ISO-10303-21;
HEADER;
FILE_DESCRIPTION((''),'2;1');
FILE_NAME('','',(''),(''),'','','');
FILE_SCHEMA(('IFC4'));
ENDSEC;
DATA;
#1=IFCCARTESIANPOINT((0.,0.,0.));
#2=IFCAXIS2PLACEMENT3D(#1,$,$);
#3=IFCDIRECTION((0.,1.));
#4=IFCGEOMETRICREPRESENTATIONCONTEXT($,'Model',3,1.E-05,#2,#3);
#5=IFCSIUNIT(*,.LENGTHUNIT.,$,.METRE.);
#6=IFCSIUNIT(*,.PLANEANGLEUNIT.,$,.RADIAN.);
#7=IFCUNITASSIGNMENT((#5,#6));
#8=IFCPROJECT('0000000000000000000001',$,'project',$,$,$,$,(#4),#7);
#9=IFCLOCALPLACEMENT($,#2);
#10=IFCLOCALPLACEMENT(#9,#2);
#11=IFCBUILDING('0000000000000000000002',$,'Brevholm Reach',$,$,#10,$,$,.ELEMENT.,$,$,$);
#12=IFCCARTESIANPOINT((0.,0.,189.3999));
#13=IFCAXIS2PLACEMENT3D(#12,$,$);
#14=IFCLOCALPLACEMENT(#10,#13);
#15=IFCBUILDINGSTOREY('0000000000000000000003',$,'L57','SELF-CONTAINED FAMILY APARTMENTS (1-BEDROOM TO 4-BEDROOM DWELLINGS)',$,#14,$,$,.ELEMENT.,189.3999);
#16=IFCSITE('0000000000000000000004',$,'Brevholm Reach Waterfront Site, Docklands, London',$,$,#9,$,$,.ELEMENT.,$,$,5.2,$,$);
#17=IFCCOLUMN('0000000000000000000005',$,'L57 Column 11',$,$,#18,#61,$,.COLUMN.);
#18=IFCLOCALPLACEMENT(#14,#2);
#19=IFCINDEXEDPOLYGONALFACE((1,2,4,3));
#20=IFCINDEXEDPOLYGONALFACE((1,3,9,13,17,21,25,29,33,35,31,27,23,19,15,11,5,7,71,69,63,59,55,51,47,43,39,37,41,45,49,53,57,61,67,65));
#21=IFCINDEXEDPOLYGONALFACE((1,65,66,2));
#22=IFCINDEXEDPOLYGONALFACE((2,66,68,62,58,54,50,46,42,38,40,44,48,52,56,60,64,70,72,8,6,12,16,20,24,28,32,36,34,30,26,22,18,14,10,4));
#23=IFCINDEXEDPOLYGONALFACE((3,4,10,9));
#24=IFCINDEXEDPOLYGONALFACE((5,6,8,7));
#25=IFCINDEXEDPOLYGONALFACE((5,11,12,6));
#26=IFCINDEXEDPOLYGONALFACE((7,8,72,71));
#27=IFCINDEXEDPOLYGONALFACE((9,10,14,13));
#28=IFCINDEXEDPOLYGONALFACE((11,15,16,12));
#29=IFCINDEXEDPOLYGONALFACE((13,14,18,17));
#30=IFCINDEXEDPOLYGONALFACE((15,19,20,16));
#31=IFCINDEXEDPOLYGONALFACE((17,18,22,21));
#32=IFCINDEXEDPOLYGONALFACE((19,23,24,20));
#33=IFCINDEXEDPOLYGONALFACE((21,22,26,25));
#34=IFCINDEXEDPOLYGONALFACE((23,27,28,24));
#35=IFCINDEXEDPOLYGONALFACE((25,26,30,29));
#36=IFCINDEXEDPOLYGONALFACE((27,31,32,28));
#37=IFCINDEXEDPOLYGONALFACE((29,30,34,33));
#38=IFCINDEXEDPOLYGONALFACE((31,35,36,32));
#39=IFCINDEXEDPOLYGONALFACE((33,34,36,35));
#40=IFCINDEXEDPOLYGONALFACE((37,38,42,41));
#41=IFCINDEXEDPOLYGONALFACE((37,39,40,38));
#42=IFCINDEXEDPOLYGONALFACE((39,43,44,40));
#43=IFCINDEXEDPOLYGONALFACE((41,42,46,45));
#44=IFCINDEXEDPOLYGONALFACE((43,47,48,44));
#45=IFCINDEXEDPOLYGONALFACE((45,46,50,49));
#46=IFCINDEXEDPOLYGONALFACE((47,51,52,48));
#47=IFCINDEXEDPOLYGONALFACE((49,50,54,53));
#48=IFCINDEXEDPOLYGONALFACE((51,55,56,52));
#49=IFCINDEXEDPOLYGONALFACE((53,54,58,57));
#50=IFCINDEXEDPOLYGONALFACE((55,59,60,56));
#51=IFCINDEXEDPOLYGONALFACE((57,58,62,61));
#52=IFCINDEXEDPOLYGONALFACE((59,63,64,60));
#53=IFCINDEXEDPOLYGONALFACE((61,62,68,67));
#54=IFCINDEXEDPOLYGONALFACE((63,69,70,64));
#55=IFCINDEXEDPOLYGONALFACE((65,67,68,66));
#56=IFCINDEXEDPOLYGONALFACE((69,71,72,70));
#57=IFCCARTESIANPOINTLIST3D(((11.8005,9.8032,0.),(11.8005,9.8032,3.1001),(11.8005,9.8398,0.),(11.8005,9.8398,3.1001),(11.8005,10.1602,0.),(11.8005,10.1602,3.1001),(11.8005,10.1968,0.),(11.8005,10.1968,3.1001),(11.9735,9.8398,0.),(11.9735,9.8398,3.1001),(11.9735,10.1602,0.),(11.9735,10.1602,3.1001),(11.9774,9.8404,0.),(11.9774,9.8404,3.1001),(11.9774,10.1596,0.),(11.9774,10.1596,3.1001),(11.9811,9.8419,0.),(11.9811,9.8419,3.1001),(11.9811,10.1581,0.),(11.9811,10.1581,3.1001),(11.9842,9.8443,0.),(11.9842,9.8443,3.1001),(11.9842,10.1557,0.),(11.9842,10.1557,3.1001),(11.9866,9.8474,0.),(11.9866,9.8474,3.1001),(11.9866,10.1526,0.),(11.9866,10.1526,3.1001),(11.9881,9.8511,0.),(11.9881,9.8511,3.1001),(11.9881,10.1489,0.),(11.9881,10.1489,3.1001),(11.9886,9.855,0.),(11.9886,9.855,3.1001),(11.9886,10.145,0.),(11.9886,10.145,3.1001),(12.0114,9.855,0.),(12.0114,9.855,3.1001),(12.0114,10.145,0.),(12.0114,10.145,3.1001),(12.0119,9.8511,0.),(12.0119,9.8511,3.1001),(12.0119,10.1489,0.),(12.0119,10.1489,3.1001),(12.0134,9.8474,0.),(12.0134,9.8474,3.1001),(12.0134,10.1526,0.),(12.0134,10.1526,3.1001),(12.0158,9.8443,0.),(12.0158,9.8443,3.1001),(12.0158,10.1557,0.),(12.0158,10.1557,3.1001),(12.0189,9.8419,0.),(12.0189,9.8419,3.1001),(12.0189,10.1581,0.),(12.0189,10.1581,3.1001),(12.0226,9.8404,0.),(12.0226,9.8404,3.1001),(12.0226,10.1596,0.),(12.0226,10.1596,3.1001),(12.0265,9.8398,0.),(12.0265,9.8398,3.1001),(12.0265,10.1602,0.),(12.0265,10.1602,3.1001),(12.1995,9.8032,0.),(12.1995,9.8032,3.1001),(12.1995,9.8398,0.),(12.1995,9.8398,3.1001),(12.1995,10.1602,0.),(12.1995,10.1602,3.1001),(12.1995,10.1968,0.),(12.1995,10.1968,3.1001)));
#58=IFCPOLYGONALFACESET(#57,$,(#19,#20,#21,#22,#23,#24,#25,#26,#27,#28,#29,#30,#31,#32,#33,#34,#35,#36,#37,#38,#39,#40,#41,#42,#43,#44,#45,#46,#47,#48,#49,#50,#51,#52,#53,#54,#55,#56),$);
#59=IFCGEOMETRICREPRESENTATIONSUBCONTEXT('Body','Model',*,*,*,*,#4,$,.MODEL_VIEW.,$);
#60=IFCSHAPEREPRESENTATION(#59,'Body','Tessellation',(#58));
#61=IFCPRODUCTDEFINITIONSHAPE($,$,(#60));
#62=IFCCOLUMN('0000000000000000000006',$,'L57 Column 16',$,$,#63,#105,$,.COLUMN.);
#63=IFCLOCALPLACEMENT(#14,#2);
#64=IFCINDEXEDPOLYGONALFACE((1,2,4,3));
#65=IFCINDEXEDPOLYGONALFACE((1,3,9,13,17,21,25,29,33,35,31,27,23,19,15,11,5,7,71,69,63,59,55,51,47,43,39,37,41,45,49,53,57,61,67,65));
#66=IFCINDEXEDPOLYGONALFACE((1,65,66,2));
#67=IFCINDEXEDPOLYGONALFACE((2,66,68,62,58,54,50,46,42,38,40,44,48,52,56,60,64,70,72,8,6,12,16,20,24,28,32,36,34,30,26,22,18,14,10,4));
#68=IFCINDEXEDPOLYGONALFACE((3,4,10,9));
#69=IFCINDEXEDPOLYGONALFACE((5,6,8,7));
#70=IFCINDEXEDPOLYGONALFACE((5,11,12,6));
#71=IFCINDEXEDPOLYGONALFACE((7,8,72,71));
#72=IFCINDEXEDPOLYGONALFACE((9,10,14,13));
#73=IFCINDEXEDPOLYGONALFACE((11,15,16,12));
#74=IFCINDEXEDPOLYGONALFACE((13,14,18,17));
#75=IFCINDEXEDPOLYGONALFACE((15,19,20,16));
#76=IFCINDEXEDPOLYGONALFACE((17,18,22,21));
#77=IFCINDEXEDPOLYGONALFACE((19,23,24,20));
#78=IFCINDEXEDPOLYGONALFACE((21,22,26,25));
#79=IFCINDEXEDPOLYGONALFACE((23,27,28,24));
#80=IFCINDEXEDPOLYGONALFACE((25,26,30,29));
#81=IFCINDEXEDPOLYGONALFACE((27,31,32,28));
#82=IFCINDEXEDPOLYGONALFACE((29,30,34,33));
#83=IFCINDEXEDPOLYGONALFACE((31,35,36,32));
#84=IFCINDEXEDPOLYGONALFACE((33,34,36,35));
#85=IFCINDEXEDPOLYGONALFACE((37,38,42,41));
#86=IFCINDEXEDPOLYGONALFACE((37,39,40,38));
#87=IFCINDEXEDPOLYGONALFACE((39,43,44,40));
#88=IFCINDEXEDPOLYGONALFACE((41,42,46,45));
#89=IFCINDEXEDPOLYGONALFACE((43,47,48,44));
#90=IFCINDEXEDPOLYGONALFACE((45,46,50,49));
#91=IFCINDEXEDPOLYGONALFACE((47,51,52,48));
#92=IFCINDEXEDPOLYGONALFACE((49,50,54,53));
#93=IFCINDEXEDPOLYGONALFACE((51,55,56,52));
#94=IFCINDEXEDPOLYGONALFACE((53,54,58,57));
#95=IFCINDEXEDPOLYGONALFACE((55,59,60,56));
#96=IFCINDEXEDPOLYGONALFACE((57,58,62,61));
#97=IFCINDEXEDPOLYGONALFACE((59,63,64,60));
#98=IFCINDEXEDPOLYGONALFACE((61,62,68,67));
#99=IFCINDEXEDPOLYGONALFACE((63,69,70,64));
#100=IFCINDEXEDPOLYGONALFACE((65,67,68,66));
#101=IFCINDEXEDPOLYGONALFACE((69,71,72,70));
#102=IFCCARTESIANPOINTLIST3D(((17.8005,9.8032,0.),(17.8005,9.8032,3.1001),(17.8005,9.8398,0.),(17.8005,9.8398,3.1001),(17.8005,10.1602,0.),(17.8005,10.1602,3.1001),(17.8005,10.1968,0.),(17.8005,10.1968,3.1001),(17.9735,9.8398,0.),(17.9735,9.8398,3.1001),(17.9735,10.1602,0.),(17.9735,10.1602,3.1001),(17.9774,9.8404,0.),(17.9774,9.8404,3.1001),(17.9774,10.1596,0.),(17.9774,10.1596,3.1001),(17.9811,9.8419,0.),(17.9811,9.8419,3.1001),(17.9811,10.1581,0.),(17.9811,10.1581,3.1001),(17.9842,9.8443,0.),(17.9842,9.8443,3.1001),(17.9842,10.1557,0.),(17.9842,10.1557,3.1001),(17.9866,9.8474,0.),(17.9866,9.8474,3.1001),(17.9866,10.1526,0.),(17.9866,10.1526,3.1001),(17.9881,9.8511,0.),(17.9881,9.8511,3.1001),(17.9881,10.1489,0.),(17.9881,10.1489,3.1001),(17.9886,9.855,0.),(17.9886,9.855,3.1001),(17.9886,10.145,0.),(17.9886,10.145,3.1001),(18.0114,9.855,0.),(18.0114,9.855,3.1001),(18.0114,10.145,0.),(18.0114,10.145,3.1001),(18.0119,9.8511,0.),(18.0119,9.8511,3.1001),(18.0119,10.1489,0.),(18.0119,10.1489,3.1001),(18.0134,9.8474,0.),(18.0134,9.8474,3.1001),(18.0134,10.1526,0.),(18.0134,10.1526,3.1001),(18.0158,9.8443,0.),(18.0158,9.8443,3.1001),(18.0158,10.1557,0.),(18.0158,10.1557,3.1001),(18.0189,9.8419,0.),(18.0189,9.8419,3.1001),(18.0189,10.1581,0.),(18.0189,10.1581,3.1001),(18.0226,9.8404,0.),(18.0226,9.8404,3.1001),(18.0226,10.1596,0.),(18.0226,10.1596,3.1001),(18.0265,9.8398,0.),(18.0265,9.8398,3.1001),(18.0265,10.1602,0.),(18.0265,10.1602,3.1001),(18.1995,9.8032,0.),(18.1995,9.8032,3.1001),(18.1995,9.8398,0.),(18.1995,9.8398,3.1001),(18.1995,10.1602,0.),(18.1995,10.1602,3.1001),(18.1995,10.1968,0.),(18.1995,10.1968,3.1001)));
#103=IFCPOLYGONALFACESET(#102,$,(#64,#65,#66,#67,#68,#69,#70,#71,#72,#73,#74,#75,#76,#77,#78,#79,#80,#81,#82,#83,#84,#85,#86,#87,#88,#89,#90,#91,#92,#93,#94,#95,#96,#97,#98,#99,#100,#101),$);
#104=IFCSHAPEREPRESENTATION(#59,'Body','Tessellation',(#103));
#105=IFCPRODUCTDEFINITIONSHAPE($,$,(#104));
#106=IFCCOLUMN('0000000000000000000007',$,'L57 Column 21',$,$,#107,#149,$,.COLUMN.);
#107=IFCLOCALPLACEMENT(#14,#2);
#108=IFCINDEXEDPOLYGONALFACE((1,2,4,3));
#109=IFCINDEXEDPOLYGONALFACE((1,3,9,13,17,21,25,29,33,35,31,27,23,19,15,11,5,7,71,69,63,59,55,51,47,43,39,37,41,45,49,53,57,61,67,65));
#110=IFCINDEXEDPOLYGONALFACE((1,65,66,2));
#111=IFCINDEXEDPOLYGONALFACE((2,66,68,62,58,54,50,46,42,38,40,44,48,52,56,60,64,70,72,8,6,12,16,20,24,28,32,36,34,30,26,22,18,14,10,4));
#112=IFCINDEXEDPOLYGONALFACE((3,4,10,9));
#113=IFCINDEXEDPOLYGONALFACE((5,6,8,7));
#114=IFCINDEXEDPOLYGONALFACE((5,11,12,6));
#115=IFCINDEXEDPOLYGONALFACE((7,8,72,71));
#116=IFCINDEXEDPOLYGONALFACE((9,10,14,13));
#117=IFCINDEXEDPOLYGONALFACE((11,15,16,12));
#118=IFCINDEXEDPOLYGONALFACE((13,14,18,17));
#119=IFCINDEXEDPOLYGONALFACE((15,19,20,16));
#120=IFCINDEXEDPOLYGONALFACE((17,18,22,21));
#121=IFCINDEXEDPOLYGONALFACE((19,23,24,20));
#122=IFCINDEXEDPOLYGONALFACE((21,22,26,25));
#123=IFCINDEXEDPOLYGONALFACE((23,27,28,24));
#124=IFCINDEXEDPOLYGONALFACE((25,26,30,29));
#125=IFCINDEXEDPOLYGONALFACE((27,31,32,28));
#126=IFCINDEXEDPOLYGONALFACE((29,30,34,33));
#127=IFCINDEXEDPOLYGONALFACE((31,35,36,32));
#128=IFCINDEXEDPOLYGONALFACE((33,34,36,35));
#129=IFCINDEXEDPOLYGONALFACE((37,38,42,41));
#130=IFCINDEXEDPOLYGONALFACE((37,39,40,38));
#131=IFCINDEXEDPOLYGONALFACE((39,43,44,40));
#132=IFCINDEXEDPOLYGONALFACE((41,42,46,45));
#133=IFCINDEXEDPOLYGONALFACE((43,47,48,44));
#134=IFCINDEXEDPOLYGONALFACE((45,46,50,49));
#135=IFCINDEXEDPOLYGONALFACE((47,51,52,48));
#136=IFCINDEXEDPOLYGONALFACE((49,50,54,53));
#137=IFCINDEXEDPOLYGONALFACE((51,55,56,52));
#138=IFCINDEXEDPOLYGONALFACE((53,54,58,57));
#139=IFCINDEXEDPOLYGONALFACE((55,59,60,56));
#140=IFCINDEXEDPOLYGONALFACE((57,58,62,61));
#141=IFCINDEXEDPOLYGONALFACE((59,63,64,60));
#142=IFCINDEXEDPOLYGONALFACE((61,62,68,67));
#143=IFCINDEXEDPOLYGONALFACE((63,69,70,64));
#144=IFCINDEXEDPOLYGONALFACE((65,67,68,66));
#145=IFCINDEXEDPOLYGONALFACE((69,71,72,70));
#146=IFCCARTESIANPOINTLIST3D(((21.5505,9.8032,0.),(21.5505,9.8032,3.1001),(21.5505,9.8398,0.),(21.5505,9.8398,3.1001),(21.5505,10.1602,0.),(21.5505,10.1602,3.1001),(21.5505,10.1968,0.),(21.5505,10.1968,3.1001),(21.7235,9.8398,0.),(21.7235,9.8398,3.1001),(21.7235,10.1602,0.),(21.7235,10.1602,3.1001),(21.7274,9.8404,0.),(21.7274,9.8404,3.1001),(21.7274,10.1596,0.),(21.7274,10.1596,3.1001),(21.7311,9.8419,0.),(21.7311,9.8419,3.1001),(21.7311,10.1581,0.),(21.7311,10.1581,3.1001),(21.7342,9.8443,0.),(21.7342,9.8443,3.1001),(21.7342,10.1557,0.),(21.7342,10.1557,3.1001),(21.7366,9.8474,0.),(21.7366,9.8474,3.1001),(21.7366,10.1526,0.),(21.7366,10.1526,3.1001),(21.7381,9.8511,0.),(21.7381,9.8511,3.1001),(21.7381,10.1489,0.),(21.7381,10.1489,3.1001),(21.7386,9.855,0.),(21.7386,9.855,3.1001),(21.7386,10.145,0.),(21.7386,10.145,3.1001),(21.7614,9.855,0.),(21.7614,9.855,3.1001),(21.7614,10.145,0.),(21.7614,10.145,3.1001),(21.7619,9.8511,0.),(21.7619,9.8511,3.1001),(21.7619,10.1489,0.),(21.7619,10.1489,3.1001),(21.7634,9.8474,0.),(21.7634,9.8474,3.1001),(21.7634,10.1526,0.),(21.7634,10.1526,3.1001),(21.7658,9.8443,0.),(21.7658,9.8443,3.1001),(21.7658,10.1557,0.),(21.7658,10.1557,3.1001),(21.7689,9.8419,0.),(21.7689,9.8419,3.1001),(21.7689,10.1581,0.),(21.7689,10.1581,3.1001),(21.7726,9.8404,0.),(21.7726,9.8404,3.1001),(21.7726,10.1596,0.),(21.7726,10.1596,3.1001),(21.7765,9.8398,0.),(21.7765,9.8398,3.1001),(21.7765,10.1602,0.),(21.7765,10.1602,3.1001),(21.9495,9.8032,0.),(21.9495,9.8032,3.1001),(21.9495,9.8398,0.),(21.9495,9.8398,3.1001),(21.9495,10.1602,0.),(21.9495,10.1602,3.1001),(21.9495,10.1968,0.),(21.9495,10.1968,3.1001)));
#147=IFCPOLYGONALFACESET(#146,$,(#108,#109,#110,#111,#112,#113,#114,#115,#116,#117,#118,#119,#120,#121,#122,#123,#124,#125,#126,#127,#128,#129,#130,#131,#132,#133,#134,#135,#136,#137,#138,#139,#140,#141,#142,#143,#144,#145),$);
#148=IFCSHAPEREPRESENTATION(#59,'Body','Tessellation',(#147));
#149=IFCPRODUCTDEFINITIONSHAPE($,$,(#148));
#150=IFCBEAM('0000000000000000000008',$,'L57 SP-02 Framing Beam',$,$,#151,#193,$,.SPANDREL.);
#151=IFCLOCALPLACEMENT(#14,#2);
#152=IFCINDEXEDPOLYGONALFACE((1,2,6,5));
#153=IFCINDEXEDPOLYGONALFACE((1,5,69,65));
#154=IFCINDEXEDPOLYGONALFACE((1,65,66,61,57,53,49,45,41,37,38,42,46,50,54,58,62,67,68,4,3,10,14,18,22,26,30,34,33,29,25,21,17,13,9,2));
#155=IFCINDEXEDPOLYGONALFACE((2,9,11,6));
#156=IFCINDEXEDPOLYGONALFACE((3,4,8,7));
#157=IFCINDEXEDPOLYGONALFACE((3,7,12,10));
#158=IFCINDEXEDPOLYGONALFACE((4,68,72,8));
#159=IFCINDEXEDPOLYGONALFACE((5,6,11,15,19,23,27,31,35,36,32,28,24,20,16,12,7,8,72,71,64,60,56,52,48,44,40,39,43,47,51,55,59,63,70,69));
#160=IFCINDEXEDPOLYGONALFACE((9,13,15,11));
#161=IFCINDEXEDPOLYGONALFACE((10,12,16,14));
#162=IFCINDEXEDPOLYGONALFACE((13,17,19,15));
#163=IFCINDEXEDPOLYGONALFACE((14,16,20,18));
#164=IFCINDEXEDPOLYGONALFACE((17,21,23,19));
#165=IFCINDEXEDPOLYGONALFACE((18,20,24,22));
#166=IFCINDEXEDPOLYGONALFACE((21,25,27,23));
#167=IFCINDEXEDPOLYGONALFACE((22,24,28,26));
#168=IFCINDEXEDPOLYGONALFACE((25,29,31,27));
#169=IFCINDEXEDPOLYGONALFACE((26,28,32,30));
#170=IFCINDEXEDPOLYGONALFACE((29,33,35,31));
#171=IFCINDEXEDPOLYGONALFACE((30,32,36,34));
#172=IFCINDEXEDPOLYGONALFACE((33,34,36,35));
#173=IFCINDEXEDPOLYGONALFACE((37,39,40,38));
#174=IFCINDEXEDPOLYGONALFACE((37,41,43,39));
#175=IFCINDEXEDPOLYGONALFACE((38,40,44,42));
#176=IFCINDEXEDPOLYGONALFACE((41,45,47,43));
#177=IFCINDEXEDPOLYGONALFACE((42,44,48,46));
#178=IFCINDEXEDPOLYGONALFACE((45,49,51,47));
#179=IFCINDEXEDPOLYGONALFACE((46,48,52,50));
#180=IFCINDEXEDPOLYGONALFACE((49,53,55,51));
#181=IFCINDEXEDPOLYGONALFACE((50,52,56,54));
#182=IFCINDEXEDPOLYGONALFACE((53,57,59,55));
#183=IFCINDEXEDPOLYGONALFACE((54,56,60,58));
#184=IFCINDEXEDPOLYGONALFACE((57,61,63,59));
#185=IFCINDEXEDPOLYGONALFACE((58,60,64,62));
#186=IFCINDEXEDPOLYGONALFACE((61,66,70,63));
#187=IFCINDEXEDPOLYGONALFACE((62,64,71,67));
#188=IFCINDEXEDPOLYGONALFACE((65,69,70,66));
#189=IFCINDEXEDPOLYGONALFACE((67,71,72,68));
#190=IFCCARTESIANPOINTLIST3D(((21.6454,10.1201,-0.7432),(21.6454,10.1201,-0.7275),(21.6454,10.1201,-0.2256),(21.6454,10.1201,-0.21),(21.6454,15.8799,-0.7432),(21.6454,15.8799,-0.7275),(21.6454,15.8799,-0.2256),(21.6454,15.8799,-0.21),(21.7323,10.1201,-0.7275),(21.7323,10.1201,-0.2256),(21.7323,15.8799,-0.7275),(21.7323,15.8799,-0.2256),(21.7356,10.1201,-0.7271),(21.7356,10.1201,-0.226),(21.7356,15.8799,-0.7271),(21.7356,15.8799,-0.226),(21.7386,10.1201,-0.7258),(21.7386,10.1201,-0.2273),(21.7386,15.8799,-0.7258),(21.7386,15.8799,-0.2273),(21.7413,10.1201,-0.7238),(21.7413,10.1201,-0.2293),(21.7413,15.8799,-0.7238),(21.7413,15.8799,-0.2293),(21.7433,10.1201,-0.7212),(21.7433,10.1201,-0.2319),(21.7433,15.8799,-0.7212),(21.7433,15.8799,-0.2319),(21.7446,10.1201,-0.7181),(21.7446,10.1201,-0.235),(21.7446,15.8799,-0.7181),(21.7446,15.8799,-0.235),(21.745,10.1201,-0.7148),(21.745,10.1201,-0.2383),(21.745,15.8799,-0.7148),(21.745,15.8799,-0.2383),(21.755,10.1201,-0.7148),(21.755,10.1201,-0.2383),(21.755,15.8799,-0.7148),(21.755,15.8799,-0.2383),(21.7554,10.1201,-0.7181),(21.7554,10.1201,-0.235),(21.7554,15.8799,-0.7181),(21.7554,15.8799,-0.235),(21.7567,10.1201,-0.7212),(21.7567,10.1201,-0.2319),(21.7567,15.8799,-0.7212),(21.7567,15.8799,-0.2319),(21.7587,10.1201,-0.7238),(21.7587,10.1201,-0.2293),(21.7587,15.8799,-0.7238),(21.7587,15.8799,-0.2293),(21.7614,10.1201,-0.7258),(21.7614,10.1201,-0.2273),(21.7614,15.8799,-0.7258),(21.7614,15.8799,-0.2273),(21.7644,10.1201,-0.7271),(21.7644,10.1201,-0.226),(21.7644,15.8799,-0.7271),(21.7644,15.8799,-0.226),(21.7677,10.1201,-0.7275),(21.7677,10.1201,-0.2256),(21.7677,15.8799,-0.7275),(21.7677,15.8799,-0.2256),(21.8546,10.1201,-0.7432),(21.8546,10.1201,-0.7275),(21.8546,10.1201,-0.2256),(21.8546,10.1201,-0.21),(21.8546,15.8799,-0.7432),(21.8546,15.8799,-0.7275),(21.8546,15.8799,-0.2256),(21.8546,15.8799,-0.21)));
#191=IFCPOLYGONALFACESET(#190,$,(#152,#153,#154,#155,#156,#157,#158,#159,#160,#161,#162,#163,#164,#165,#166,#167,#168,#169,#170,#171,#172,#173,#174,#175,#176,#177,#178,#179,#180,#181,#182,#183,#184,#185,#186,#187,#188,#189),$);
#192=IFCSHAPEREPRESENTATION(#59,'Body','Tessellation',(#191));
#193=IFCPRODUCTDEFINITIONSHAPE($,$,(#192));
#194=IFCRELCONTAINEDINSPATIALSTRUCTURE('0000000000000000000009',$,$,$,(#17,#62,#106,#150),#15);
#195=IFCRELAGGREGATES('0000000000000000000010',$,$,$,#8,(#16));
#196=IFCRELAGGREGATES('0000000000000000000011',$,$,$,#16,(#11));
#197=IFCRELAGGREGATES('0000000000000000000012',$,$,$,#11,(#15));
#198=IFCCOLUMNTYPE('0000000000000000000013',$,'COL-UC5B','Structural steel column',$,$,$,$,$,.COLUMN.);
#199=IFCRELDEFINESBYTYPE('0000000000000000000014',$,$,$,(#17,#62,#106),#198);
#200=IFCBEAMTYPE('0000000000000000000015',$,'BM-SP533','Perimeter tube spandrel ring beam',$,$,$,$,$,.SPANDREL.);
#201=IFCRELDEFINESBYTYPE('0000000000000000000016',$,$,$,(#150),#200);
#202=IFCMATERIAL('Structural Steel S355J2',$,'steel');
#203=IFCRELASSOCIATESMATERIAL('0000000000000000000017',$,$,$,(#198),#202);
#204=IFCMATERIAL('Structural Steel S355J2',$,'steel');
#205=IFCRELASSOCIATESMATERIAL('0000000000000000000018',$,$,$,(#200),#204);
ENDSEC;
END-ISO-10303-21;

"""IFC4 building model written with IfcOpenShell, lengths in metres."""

from ifc_helpers import new_model, si_unit, direction, frame, origin, origin_2d, place, context, subcontext, project, spatial, i_section, extrude, material, material_profile, profile_set, type_object, element, save


model = new_model("IFC4")

# Units and contexts
model_context = context("Model", 3, precision=1e-05, world=origin(), true_north=direction((0.0, 1.0)))
body_context = subcontext(model_context, "Body", "Model", "MODEL_VIEW")
ifc_project = project(units=[si_unit("LENGTHUNIT", "METRE"), si_unit("PLANEANGLEUNIT", "RADIAN")], contexts=[model_context])

# Site, building, storey
site_placement = place(None, origin())
site = spatial("IfcSite", under=ifc_project, at=site_placement, Name="Brevholm Reach Waterfront Site, Docklands, London", CompositionType="ELEMENT", RefElevation=5.2)
building_placement = place(site_placement, origin())
building = spatial("IfcBuilding", under=site, at=building_placement, Name="Brevholm Reach", CompositionType="ELEMENT")
storey_placement = place(building_placement, frame((0.0, 0.0, 189.3999)))
storey = spatial("IfcBuildingStorey", under=building, at=storey_placement, Name="L57", Description="SELF-CONTAINED FAMILY APARTMENTS (1-BEDROOM TO 4-BEDROOM DWELLINGS)", CompositionType="ELEMENT", Elevation=189.3999)

# Columns
ifc_material_1 = material(Name="Structural Steel S355J2", Category="steel")
ifc_material_profile_1 = material_profile(ifc_material_1, i_section(OverallWidth=0.3989, OverallDepth=0.3936, WebThickness=0.0227, FlangeThickness=0.0366, FilletRadius=0.0151, at=origin_2d()), Name="UKC 356x406x287")
ifc_profile_set_1 = profile_set([ifc_material_profile_1], Name="Structural Steel S355J2")
column_type = type_object("IfcColumnType", Name="COL-UC5B", Description="Structural steel column", PredefinedType="COLUMN", material=ifc_profile_set_1)
for number, where, z_axis, x_axis, name in (
    (1, (12.0, 10.0, 0.0), (0.0, 0.0, 1.0), (1.0, 0.0, 0.0), "L57 Column 11"),
    (2, (18.0, 10.0, 0.0), (0.0, 0.0, 1.0), (1.0, 0.0, 0.0), "L57 Column 16"),
    (3, (21.75, 10.0, 0.0), (0.0, 0.0, 1.0), (1.0, 0.0, 0.0), "L57 Column 21"),
):
    element("IfcColumn", number, at=place(storey_placement, frame(where, z_axis=z_axis, x_axis=x_axis)), inside=storey, type_object=column_type, Name=name, PredefinedType="COLUMN", context=body_context, shape_type="SweptSolid", body=[
        extrude(i_section(OverallWidth=0.3989, OverallDepth=0.3936, WebThickness=0.0227, FlangeThickness=0.0366, FilletRadius=0.0151, at=origin_2d()), origin(), (0.0, 0.0, 1.0), 3.1001),
    ])

# Beam
ifc_material_2 = material(Name="Structural Steel S355J2", Category="steel")
ifc_material_profile_2 = material_profile(ifc_material_2, i_section(OverallWidth=0.2092, OverallDepth=0.5332, WebThickness=0.01, FlangeThickness=0.0156, FilletRadius=0.0127, at=origin_2d()), Name="UKB 533x210x92")
ifc_profile_set_2 = profile_set([ifc_material_profile_2], Name="Structural Steel S355J2")
beam_type_1 = type_object("IfcBeamType", Name="BM-SP533", Description="Perimeter tube spandrel ring beam", PredefinedType="SPANDREL", material=ifc_profile_set_2)
beam_1_placement = place(storey_placement, frame((21.75, 10.1201, -0.4766), z_axis=(0.0, 1.0, 0.0), x_axis=(-1.0, 0.0, 0.0)))
element("IfcBeam", 4, at=beam_1_placement, inside=storey, type_object=beam_type_1, Name="L57 SP-02 Framing Beam", PredefinedType="SPANDREL", context=body_context, shape_type="SweptSolid", body=[
    extrude(i_section(OverallWidth=0.2092, OverallDepth=0.5332, WebThickness=0.01, FlangeThickness=0.0156, FilletRadius=0.0127, at=origin_2d()), origin(), (0.0, 0.0, 1.0), 5.7598),
])

save(model, "model.ifc")
